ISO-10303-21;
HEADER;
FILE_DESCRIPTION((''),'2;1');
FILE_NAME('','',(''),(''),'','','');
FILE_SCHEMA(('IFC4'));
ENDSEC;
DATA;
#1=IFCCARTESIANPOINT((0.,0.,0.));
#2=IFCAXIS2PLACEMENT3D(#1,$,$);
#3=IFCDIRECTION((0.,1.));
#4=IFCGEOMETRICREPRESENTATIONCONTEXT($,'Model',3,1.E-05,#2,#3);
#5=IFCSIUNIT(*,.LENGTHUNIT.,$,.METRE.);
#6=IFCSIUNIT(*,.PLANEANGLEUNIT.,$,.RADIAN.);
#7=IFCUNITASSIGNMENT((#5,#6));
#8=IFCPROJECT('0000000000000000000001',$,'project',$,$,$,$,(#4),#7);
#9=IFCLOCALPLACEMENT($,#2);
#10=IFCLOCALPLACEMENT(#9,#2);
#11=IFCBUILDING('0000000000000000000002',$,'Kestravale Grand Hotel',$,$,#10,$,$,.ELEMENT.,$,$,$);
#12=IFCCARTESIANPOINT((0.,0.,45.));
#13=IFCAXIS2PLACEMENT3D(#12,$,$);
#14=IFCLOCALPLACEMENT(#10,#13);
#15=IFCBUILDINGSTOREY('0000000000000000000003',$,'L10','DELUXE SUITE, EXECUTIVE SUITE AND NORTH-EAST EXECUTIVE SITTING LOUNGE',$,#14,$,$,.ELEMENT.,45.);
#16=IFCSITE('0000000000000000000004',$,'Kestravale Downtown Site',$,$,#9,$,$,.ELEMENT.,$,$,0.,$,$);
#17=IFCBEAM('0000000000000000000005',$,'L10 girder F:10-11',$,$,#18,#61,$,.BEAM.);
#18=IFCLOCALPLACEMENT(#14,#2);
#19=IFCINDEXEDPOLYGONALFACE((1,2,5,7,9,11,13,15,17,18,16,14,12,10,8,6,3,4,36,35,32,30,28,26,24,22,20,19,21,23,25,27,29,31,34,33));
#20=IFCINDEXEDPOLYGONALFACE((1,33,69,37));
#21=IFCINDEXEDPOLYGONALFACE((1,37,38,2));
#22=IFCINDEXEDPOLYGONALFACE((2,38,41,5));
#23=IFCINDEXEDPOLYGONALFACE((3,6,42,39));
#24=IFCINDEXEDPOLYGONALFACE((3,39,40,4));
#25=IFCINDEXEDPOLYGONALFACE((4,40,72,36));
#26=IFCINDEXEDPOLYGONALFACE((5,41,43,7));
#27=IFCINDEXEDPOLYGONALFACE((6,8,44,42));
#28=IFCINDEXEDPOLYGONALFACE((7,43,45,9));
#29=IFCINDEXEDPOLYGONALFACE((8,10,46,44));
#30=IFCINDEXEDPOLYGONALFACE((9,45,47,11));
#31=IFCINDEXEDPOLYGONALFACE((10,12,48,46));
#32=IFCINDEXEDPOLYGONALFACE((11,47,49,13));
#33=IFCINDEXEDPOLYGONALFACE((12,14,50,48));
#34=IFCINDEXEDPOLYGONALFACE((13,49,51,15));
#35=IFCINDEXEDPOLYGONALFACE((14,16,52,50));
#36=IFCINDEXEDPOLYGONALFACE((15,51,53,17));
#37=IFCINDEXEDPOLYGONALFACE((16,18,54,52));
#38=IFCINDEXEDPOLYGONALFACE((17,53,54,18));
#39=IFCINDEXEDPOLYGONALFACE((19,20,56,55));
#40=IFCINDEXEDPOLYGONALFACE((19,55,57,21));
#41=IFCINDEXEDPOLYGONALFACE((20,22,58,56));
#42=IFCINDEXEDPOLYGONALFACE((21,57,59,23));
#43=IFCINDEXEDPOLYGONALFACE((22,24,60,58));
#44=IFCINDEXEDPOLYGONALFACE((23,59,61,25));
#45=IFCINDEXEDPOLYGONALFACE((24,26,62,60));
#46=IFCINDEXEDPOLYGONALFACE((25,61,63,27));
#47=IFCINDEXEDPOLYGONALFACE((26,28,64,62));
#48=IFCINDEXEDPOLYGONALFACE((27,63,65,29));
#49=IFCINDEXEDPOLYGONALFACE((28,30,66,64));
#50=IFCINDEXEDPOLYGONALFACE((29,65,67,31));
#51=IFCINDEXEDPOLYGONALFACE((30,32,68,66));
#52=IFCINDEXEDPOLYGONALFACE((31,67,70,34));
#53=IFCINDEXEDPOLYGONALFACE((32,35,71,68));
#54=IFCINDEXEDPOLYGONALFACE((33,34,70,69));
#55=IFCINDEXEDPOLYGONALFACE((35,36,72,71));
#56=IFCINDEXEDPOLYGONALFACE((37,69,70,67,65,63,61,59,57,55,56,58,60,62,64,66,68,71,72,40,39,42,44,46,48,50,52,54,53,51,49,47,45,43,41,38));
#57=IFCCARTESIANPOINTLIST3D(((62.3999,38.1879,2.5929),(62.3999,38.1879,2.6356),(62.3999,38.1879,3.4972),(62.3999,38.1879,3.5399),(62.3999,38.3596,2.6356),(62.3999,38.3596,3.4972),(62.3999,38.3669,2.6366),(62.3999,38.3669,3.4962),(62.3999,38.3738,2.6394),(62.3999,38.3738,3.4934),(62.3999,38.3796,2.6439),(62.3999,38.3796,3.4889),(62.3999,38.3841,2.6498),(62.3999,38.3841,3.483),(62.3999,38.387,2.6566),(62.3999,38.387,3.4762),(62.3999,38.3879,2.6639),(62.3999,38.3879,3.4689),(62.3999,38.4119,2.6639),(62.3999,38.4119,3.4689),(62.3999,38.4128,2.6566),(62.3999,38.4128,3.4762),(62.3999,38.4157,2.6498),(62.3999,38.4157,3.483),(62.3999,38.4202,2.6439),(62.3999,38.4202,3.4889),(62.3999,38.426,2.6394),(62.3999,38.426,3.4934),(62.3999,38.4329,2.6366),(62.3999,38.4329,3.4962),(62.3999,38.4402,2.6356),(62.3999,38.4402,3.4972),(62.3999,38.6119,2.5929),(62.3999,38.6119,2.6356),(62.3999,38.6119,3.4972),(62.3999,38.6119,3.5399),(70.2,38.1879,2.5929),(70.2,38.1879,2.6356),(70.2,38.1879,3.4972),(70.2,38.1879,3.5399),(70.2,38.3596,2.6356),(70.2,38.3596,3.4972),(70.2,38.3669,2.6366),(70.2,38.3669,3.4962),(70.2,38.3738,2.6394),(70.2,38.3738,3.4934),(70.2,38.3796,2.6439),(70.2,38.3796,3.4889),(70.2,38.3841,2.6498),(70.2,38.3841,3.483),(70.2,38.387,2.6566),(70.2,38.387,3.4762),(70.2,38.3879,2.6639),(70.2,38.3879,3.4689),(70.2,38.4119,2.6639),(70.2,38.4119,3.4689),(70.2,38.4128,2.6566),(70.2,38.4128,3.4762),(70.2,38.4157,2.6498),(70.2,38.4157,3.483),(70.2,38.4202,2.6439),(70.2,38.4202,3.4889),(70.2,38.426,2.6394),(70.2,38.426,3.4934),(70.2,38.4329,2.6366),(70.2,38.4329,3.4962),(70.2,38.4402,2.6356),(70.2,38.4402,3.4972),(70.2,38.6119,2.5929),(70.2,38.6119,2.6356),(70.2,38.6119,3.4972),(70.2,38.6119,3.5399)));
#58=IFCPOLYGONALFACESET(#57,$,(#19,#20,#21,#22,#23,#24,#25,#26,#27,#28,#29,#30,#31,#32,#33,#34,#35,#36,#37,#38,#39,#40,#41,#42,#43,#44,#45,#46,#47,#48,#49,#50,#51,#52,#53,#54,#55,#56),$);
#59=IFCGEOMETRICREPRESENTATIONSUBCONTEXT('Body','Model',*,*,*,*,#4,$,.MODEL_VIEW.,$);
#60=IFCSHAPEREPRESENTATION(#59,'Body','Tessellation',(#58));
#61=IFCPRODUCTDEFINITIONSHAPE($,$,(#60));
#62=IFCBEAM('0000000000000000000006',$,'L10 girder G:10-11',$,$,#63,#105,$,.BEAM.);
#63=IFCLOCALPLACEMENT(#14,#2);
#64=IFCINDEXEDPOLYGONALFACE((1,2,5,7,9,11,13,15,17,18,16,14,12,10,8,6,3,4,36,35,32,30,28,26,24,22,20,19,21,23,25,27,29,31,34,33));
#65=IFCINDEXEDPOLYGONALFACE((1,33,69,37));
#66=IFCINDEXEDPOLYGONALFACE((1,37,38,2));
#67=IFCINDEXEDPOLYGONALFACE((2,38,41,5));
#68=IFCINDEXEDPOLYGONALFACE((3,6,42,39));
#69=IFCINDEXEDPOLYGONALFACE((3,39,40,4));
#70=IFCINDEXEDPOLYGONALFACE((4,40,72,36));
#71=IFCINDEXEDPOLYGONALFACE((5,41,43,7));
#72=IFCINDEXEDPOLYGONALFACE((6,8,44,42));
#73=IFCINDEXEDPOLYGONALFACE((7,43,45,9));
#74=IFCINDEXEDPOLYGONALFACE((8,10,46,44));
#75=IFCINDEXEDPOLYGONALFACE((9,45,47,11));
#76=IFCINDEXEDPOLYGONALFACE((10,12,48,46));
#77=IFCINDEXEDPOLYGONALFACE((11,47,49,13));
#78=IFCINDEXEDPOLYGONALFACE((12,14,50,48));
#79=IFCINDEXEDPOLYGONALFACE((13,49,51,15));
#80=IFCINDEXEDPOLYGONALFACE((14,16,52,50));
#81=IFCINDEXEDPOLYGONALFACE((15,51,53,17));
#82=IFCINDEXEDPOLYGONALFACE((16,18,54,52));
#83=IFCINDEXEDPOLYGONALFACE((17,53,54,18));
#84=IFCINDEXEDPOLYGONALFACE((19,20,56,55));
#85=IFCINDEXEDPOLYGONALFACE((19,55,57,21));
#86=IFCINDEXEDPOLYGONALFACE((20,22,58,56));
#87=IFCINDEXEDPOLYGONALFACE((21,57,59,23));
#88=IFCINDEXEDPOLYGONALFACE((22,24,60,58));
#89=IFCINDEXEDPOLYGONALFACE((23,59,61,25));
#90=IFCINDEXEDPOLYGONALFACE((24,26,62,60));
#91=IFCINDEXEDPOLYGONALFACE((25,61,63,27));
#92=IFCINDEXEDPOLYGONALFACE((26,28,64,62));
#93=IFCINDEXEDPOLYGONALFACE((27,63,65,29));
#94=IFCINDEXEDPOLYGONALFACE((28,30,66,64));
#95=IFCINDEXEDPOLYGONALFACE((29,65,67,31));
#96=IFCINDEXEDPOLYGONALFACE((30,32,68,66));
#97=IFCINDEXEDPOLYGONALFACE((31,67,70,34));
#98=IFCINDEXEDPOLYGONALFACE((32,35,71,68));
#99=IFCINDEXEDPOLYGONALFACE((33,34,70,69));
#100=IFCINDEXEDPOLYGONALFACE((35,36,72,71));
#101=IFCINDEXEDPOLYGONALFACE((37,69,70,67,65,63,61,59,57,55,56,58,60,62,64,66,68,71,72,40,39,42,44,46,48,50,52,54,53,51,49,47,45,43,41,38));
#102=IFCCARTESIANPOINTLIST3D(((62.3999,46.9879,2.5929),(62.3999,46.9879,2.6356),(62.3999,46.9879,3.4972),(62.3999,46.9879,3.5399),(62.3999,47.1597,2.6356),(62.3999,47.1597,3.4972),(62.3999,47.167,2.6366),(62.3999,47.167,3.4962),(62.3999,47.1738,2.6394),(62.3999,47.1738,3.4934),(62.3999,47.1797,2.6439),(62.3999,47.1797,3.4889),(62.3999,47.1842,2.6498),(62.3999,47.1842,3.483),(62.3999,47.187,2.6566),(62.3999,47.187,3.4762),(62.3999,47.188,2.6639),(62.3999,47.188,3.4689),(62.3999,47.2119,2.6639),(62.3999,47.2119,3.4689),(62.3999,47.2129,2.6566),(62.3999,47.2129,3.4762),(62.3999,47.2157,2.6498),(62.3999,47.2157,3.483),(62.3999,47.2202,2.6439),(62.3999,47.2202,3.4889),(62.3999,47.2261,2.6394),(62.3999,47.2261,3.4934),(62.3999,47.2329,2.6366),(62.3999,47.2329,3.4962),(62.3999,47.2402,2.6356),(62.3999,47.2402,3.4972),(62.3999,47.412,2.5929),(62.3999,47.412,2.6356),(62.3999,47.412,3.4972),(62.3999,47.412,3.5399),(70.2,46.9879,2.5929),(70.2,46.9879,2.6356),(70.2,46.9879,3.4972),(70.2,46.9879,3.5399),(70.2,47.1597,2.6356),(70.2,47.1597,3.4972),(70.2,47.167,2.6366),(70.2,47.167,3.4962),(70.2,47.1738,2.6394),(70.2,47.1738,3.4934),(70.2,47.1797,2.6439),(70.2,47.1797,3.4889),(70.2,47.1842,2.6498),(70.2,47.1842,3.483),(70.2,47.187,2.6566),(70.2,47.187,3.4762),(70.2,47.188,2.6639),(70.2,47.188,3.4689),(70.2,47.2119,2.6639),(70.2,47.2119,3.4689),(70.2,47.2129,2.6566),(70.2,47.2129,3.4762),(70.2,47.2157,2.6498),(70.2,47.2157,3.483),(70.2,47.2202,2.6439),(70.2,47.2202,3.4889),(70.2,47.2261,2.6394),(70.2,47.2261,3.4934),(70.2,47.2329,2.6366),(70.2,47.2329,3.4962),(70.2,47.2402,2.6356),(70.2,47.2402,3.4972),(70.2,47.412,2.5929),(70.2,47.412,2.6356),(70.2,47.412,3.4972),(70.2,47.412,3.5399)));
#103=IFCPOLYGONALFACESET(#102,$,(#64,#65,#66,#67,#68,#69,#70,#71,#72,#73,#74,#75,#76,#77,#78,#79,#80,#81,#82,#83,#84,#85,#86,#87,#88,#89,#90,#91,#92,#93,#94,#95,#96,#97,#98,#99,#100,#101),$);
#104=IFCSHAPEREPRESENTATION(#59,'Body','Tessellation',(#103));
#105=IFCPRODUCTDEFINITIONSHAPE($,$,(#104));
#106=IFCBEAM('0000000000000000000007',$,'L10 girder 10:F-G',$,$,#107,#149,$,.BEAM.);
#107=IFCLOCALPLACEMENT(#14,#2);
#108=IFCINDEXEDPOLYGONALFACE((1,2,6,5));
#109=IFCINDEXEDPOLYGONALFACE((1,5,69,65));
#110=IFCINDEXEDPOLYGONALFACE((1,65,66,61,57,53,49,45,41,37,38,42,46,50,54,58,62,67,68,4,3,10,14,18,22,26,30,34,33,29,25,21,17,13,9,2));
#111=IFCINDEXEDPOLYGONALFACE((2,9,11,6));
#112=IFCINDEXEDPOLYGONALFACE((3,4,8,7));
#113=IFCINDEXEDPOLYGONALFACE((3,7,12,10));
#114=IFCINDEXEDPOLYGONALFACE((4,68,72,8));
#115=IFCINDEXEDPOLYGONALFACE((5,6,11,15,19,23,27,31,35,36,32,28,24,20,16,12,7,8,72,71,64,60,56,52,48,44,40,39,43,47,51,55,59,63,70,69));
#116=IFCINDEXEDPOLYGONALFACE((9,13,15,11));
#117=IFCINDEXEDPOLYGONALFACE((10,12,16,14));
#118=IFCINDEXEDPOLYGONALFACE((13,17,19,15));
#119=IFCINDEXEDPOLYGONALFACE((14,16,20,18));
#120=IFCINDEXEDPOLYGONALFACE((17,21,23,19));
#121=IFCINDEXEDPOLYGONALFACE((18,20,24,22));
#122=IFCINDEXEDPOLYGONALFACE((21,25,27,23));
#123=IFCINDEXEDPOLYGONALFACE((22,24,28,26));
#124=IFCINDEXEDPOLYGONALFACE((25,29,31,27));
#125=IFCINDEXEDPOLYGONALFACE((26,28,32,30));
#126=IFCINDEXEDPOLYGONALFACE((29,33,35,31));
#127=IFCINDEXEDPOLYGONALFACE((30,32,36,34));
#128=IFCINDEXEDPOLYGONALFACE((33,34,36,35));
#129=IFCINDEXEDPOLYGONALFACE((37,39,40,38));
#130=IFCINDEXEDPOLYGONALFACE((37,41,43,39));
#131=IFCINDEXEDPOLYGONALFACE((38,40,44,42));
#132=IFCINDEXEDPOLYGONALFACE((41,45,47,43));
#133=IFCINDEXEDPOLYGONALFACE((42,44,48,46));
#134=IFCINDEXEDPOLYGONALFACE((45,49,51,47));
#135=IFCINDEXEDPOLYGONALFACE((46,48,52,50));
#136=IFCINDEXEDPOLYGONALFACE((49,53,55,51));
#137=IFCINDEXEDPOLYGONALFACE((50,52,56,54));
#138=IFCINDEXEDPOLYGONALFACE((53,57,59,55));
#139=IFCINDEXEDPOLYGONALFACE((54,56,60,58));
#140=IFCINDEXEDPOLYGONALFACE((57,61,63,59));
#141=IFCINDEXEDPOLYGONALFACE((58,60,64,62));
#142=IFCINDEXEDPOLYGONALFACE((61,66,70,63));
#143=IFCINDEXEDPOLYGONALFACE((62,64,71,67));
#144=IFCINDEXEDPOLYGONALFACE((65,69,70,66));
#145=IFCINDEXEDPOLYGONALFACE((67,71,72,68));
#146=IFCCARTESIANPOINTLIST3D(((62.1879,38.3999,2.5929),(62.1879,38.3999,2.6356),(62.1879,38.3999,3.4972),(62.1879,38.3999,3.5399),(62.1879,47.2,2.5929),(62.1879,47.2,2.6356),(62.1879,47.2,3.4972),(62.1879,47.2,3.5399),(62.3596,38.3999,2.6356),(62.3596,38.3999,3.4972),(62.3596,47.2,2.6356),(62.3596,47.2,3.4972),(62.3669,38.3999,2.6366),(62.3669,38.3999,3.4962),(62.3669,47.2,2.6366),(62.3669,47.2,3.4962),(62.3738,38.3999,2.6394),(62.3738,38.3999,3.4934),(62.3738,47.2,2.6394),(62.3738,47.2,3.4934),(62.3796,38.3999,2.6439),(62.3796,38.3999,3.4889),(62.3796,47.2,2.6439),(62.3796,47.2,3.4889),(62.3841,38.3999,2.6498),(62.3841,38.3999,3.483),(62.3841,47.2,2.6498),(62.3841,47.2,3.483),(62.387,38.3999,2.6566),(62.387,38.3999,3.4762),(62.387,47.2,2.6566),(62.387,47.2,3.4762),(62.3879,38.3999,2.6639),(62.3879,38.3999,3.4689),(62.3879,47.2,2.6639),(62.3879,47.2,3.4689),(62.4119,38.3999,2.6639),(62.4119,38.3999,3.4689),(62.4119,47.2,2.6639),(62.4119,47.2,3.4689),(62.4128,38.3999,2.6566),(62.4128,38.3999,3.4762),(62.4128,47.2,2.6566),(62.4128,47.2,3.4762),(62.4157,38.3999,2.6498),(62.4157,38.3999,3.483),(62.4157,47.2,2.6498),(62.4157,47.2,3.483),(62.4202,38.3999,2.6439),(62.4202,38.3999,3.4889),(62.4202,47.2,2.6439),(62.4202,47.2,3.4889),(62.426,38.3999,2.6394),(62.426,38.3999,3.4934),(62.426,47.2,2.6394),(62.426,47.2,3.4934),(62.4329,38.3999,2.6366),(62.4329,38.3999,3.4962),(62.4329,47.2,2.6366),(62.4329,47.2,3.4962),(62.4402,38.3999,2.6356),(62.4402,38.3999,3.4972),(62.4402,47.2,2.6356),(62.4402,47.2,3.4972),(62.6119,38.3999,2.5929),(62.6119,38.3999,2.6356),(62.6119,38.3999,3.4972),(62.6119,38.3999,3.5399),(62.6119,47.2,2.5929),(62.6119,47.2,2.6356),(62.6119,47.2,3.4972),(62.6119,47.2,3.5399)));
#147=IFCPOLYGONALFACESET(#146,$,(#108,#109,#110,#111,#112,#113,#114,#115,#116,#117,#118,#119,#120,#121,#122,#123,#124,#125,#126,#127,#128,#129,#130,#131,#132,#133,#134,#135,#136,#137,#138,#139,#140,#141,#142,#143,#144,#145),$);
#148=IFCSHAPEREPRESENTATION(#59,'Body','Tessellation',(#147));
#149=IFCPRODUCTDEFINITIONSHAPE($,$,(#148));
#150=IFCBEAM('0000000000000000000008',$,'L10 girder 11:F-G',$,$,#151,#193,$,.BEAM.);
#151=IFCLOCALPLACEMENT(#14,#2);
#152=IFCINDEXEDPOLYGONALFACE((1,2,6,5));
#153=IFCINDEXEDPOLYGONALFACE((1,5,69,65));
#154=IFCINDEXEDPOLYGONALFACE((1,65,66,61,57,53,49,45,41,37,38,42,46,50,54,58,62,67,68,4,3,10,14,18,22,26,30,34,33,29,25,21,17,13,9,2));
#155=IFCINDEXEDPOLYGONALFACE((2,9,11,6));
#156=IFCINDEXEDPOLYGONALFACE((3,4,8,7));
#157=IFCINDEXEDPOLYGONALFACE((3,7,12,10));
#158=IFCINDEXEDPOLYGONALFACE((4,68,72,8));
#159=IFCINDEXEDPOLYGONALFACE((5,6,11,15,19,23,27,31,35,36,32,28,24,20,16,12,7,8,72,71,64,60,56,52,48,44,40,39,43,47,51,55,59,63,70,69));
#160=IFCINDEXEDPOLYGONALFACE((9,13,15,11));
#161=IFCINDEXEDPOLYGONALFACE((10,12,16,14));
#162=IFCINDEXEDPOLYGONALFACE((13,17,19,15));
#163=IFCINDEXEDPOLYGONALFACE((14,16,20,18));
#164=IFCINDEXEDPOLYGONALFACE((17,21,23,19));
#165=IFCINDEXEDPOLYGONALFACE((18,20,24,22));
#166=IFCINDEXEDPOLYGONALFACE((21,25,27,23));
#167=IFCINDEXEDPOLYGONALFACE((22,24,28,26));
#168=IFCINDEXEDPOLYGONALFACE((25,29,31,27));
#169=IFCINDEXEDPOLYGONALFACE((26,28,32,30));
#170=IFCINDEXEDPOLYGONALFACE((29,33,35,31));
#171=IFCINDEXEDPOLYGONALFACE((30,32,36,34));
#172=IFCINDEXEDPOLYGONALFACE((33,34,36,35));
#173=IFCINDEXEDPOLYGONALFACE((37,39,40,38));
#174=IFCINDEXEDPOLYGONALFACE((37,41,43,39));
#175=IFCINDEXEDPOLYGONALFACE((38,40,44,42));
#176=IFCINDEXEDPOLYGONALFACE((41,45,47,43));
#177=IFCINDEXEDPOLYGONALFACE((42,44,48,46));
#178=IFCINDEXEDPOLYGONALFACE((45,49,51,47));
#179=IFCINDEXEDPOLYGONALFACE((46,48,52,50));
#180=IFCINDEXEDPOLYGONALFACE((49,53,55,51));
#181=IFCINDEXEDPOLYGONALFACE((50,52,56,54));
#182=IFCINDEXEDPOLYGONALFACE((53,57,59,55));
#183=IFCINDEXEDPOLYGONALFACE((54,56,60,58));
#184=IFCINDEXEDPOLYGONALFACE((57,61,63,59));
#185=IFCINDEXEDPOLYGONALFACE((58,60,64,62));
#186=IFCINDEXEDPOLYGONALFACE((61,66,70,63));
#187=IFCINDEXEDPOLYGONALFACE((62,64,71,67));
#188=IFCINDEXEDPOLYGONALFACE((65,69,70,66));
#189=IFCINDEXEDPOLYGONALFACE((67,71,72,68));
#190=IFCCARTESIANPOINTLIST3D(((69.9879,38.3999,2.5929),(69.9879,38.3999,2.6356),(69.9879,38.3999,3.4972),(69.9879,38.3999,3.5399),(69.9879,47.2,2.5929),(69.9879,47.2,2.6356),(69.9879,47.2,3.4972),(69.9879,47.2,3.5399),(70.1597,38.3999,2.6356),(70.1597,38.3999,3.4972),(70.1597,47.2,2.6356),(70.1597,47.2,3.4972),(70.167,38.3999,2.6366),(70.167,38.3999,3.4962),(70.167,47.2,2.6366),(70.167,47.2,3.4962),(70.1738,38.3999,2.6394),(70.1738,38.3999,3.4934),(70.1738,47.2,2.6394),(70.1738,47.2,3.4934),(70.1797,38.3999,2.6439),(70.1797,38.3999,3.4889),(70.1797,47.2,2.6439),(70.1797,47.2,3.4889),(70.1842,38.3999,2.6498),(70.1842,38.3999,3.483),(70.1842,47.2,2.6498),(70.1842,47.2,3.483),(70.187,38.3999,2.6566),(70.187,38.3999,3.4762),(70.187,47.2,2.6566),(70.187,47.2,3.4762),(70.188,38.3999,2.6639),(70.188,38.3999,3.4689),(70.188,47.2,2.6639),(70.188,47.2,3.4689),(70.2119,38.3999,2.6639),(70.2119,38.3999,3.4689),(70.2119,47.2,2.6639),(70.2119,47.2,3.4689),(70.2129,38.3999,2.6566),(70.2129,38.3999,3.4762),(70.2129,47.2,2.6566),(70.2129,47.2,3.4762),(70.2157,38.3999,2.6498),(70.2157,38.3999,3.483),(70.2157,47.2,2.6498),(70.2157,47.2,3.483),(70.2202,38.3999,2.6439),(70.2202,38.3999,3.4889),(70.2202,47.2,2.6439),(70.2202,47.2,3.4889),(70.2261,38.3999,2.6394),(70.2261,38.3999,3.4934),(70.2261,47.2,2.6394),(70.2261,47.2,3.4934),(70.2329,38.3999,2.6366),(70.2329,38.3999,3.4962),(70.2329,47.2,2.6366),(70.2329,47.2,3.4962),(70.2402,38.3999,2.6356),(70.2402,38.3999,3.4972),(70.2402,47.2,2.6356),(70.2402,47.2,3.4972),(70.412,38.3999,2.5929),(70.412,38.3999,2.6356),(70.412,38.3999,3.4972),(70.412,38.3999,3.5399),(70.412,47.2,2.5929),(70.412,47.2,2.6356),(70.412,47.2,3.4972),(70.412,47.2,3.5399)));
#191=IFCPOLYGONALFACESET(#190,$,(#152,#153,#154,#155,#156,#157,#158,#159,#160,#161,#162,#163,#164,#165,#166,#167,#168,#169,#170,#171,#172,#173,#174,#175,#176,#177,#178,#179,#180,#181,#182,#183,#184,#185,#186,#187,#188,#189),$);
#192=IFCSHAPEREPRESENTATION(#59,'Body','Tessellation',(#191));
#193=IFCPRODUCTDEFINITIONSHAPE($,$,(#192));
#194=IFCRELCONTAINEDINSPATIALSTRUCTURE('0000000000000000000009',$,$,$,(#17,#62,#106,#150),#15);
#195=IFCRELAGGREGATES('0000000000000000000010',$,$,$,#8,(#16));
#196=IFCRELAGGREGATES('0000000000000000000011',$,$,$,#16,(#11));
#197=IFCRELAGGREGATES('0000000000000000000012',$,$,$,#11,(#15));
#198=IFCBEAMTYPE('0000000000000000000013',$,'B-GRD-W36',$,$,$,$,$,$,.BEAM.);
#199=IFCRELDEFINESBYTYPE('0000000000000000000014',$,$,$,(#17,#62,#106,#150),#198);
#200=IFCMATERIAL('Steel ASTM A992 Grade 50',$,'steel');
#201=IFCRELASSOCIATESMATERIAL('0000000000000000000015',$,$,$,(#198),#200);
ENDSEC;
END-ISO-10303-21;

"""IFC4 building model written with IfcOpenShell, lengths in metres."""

from ifc_helpers import new_model, si_unit, direction, frame, origin, origin_2d, place, context, subcontext, project, spatial, i_section, extrude, material, material_profile, profile_set, type_object, element, save


model = new_model("IFC4")

# Units and contexts
model_context = context("Model", 3, precision=1e-05, world=origin(), true_north=direction((0.0, 1.0)))
body_context = subcontext(model_context, "Body", "Model", "MODEL_VIEW")
ifc_project = project(units=[si_unit("LENGTHUNIT", "METRE"), si_unit("PLANEANGLEUNIT", "RADIAN")], contexts=[model_context])

# Site, building, storey
site_placement = place(None, origin())
site = spatial("IfcSite", under=ifc_project, at=site_placement, Name="Kestravale Downtown Site", CompositionType="ELEMENT", RefElevation=0.0)
building_placement = place(site_placement, origin())
building = spatial("IfcBuilding", under=site, at=building_placement, Name="Kestravale Grand Hotel", CompositionType="ELEMENT")
storey_placement = place(building_placement, frame((0.0, 0.0, 45.0)))
storey = spatial("IfcBuildingStorey", under=building, at=storey_placement, Name="L10", Description="DELUXE SUITE, EXECUTIVE SUITE AND NORTH-EAST EXECUTIVE SITTING LOUNGE", CompositionType="ELEMENT", Elevation=45.0)

# Beams
ifc_material_1 = material(Name="Steel ASTM A992 Grade 50", Category="steel")
ifc_material_profile_1 = material_profile(ifc_material_1, i_section(OverallWidth=0.4241, OverallDepth=0.947, WebThickness=0.0239, FlangeThickness=0.0427, FilletRadius=0.0283, at=origin_2d()))
ifc_profile_set_1 = profile_set([ifc_material_profile_1], Name="Steel ASTM A992 Grade 50")
beam_type_1 = type_object("IfcBeamType", Name="B-GRD-W36", PredefinedType="BEAM", material=ifc_profile_set_1)
for number, where, z_axis, x_axis, name in (
    (1, (62.3999, 38.3999, 3.0664), (1.0, 0.0, 0.0), (0.0, 1.0, 0.0), "L10 girder F:10-11"),
    (2, (62.3999, 47.2, 3.0664), (1.0, 0.0, 0.0), (0.0, 1.0, 0.0), "L10 girder G:10-11"),
):
    element("IfcBeam", number, at=place(storey_placement, frame(where, z_axis=z_axis, x_axis=x_axis)), inside=storey, type_object=beam_type_1, Name=name, PredefinedType="BEAM", context=body_context, shape_type="SweptSolid", body=[
        extrude(i_section(OverallWidth=0.4241, OverallDepth=0.947, WebThickness=0.0239, FlangeThickness=0.0427, FilletRadius=0.0283, at=origin_2d()), origin(), (0.0, 0.0, 1.0), 7.8),
    ])
for number, where, z_axis, x_axis, name in (
    (3, (62.3999, 38.3999, 3.0664), (0.0, 1.0, 0.0), (-1.0, 0.0, 0.0), "L10 girder 10:F-G"),
    (4, (70.2, 38.3999, 3.0664), (0.0, 1.0, 0.0), (-1.0, 0.0, 0.0), "L10 girder 11:F-G"),
):
    element("IfcBeam", number, at=place(storey_placement, frame(where, z_axis=z_axis, x_axis=x_axis)), inside=storey, type_object=beam_type_1, Name=name, PredefinedType="BEAM", context=body_context, shape_type="SweptSolid", body=[
        extrude(i_section(OverallWidth=0.4241, OverallDepth=0.947, WebThickness=0.0239, FlangeThickness=0.0427, FilletRadius=0.0283, at=origin_2d()), origin(), (0.0, 0.0, 1.0), 8.8),
    ])

save(model, "model.ifc")
